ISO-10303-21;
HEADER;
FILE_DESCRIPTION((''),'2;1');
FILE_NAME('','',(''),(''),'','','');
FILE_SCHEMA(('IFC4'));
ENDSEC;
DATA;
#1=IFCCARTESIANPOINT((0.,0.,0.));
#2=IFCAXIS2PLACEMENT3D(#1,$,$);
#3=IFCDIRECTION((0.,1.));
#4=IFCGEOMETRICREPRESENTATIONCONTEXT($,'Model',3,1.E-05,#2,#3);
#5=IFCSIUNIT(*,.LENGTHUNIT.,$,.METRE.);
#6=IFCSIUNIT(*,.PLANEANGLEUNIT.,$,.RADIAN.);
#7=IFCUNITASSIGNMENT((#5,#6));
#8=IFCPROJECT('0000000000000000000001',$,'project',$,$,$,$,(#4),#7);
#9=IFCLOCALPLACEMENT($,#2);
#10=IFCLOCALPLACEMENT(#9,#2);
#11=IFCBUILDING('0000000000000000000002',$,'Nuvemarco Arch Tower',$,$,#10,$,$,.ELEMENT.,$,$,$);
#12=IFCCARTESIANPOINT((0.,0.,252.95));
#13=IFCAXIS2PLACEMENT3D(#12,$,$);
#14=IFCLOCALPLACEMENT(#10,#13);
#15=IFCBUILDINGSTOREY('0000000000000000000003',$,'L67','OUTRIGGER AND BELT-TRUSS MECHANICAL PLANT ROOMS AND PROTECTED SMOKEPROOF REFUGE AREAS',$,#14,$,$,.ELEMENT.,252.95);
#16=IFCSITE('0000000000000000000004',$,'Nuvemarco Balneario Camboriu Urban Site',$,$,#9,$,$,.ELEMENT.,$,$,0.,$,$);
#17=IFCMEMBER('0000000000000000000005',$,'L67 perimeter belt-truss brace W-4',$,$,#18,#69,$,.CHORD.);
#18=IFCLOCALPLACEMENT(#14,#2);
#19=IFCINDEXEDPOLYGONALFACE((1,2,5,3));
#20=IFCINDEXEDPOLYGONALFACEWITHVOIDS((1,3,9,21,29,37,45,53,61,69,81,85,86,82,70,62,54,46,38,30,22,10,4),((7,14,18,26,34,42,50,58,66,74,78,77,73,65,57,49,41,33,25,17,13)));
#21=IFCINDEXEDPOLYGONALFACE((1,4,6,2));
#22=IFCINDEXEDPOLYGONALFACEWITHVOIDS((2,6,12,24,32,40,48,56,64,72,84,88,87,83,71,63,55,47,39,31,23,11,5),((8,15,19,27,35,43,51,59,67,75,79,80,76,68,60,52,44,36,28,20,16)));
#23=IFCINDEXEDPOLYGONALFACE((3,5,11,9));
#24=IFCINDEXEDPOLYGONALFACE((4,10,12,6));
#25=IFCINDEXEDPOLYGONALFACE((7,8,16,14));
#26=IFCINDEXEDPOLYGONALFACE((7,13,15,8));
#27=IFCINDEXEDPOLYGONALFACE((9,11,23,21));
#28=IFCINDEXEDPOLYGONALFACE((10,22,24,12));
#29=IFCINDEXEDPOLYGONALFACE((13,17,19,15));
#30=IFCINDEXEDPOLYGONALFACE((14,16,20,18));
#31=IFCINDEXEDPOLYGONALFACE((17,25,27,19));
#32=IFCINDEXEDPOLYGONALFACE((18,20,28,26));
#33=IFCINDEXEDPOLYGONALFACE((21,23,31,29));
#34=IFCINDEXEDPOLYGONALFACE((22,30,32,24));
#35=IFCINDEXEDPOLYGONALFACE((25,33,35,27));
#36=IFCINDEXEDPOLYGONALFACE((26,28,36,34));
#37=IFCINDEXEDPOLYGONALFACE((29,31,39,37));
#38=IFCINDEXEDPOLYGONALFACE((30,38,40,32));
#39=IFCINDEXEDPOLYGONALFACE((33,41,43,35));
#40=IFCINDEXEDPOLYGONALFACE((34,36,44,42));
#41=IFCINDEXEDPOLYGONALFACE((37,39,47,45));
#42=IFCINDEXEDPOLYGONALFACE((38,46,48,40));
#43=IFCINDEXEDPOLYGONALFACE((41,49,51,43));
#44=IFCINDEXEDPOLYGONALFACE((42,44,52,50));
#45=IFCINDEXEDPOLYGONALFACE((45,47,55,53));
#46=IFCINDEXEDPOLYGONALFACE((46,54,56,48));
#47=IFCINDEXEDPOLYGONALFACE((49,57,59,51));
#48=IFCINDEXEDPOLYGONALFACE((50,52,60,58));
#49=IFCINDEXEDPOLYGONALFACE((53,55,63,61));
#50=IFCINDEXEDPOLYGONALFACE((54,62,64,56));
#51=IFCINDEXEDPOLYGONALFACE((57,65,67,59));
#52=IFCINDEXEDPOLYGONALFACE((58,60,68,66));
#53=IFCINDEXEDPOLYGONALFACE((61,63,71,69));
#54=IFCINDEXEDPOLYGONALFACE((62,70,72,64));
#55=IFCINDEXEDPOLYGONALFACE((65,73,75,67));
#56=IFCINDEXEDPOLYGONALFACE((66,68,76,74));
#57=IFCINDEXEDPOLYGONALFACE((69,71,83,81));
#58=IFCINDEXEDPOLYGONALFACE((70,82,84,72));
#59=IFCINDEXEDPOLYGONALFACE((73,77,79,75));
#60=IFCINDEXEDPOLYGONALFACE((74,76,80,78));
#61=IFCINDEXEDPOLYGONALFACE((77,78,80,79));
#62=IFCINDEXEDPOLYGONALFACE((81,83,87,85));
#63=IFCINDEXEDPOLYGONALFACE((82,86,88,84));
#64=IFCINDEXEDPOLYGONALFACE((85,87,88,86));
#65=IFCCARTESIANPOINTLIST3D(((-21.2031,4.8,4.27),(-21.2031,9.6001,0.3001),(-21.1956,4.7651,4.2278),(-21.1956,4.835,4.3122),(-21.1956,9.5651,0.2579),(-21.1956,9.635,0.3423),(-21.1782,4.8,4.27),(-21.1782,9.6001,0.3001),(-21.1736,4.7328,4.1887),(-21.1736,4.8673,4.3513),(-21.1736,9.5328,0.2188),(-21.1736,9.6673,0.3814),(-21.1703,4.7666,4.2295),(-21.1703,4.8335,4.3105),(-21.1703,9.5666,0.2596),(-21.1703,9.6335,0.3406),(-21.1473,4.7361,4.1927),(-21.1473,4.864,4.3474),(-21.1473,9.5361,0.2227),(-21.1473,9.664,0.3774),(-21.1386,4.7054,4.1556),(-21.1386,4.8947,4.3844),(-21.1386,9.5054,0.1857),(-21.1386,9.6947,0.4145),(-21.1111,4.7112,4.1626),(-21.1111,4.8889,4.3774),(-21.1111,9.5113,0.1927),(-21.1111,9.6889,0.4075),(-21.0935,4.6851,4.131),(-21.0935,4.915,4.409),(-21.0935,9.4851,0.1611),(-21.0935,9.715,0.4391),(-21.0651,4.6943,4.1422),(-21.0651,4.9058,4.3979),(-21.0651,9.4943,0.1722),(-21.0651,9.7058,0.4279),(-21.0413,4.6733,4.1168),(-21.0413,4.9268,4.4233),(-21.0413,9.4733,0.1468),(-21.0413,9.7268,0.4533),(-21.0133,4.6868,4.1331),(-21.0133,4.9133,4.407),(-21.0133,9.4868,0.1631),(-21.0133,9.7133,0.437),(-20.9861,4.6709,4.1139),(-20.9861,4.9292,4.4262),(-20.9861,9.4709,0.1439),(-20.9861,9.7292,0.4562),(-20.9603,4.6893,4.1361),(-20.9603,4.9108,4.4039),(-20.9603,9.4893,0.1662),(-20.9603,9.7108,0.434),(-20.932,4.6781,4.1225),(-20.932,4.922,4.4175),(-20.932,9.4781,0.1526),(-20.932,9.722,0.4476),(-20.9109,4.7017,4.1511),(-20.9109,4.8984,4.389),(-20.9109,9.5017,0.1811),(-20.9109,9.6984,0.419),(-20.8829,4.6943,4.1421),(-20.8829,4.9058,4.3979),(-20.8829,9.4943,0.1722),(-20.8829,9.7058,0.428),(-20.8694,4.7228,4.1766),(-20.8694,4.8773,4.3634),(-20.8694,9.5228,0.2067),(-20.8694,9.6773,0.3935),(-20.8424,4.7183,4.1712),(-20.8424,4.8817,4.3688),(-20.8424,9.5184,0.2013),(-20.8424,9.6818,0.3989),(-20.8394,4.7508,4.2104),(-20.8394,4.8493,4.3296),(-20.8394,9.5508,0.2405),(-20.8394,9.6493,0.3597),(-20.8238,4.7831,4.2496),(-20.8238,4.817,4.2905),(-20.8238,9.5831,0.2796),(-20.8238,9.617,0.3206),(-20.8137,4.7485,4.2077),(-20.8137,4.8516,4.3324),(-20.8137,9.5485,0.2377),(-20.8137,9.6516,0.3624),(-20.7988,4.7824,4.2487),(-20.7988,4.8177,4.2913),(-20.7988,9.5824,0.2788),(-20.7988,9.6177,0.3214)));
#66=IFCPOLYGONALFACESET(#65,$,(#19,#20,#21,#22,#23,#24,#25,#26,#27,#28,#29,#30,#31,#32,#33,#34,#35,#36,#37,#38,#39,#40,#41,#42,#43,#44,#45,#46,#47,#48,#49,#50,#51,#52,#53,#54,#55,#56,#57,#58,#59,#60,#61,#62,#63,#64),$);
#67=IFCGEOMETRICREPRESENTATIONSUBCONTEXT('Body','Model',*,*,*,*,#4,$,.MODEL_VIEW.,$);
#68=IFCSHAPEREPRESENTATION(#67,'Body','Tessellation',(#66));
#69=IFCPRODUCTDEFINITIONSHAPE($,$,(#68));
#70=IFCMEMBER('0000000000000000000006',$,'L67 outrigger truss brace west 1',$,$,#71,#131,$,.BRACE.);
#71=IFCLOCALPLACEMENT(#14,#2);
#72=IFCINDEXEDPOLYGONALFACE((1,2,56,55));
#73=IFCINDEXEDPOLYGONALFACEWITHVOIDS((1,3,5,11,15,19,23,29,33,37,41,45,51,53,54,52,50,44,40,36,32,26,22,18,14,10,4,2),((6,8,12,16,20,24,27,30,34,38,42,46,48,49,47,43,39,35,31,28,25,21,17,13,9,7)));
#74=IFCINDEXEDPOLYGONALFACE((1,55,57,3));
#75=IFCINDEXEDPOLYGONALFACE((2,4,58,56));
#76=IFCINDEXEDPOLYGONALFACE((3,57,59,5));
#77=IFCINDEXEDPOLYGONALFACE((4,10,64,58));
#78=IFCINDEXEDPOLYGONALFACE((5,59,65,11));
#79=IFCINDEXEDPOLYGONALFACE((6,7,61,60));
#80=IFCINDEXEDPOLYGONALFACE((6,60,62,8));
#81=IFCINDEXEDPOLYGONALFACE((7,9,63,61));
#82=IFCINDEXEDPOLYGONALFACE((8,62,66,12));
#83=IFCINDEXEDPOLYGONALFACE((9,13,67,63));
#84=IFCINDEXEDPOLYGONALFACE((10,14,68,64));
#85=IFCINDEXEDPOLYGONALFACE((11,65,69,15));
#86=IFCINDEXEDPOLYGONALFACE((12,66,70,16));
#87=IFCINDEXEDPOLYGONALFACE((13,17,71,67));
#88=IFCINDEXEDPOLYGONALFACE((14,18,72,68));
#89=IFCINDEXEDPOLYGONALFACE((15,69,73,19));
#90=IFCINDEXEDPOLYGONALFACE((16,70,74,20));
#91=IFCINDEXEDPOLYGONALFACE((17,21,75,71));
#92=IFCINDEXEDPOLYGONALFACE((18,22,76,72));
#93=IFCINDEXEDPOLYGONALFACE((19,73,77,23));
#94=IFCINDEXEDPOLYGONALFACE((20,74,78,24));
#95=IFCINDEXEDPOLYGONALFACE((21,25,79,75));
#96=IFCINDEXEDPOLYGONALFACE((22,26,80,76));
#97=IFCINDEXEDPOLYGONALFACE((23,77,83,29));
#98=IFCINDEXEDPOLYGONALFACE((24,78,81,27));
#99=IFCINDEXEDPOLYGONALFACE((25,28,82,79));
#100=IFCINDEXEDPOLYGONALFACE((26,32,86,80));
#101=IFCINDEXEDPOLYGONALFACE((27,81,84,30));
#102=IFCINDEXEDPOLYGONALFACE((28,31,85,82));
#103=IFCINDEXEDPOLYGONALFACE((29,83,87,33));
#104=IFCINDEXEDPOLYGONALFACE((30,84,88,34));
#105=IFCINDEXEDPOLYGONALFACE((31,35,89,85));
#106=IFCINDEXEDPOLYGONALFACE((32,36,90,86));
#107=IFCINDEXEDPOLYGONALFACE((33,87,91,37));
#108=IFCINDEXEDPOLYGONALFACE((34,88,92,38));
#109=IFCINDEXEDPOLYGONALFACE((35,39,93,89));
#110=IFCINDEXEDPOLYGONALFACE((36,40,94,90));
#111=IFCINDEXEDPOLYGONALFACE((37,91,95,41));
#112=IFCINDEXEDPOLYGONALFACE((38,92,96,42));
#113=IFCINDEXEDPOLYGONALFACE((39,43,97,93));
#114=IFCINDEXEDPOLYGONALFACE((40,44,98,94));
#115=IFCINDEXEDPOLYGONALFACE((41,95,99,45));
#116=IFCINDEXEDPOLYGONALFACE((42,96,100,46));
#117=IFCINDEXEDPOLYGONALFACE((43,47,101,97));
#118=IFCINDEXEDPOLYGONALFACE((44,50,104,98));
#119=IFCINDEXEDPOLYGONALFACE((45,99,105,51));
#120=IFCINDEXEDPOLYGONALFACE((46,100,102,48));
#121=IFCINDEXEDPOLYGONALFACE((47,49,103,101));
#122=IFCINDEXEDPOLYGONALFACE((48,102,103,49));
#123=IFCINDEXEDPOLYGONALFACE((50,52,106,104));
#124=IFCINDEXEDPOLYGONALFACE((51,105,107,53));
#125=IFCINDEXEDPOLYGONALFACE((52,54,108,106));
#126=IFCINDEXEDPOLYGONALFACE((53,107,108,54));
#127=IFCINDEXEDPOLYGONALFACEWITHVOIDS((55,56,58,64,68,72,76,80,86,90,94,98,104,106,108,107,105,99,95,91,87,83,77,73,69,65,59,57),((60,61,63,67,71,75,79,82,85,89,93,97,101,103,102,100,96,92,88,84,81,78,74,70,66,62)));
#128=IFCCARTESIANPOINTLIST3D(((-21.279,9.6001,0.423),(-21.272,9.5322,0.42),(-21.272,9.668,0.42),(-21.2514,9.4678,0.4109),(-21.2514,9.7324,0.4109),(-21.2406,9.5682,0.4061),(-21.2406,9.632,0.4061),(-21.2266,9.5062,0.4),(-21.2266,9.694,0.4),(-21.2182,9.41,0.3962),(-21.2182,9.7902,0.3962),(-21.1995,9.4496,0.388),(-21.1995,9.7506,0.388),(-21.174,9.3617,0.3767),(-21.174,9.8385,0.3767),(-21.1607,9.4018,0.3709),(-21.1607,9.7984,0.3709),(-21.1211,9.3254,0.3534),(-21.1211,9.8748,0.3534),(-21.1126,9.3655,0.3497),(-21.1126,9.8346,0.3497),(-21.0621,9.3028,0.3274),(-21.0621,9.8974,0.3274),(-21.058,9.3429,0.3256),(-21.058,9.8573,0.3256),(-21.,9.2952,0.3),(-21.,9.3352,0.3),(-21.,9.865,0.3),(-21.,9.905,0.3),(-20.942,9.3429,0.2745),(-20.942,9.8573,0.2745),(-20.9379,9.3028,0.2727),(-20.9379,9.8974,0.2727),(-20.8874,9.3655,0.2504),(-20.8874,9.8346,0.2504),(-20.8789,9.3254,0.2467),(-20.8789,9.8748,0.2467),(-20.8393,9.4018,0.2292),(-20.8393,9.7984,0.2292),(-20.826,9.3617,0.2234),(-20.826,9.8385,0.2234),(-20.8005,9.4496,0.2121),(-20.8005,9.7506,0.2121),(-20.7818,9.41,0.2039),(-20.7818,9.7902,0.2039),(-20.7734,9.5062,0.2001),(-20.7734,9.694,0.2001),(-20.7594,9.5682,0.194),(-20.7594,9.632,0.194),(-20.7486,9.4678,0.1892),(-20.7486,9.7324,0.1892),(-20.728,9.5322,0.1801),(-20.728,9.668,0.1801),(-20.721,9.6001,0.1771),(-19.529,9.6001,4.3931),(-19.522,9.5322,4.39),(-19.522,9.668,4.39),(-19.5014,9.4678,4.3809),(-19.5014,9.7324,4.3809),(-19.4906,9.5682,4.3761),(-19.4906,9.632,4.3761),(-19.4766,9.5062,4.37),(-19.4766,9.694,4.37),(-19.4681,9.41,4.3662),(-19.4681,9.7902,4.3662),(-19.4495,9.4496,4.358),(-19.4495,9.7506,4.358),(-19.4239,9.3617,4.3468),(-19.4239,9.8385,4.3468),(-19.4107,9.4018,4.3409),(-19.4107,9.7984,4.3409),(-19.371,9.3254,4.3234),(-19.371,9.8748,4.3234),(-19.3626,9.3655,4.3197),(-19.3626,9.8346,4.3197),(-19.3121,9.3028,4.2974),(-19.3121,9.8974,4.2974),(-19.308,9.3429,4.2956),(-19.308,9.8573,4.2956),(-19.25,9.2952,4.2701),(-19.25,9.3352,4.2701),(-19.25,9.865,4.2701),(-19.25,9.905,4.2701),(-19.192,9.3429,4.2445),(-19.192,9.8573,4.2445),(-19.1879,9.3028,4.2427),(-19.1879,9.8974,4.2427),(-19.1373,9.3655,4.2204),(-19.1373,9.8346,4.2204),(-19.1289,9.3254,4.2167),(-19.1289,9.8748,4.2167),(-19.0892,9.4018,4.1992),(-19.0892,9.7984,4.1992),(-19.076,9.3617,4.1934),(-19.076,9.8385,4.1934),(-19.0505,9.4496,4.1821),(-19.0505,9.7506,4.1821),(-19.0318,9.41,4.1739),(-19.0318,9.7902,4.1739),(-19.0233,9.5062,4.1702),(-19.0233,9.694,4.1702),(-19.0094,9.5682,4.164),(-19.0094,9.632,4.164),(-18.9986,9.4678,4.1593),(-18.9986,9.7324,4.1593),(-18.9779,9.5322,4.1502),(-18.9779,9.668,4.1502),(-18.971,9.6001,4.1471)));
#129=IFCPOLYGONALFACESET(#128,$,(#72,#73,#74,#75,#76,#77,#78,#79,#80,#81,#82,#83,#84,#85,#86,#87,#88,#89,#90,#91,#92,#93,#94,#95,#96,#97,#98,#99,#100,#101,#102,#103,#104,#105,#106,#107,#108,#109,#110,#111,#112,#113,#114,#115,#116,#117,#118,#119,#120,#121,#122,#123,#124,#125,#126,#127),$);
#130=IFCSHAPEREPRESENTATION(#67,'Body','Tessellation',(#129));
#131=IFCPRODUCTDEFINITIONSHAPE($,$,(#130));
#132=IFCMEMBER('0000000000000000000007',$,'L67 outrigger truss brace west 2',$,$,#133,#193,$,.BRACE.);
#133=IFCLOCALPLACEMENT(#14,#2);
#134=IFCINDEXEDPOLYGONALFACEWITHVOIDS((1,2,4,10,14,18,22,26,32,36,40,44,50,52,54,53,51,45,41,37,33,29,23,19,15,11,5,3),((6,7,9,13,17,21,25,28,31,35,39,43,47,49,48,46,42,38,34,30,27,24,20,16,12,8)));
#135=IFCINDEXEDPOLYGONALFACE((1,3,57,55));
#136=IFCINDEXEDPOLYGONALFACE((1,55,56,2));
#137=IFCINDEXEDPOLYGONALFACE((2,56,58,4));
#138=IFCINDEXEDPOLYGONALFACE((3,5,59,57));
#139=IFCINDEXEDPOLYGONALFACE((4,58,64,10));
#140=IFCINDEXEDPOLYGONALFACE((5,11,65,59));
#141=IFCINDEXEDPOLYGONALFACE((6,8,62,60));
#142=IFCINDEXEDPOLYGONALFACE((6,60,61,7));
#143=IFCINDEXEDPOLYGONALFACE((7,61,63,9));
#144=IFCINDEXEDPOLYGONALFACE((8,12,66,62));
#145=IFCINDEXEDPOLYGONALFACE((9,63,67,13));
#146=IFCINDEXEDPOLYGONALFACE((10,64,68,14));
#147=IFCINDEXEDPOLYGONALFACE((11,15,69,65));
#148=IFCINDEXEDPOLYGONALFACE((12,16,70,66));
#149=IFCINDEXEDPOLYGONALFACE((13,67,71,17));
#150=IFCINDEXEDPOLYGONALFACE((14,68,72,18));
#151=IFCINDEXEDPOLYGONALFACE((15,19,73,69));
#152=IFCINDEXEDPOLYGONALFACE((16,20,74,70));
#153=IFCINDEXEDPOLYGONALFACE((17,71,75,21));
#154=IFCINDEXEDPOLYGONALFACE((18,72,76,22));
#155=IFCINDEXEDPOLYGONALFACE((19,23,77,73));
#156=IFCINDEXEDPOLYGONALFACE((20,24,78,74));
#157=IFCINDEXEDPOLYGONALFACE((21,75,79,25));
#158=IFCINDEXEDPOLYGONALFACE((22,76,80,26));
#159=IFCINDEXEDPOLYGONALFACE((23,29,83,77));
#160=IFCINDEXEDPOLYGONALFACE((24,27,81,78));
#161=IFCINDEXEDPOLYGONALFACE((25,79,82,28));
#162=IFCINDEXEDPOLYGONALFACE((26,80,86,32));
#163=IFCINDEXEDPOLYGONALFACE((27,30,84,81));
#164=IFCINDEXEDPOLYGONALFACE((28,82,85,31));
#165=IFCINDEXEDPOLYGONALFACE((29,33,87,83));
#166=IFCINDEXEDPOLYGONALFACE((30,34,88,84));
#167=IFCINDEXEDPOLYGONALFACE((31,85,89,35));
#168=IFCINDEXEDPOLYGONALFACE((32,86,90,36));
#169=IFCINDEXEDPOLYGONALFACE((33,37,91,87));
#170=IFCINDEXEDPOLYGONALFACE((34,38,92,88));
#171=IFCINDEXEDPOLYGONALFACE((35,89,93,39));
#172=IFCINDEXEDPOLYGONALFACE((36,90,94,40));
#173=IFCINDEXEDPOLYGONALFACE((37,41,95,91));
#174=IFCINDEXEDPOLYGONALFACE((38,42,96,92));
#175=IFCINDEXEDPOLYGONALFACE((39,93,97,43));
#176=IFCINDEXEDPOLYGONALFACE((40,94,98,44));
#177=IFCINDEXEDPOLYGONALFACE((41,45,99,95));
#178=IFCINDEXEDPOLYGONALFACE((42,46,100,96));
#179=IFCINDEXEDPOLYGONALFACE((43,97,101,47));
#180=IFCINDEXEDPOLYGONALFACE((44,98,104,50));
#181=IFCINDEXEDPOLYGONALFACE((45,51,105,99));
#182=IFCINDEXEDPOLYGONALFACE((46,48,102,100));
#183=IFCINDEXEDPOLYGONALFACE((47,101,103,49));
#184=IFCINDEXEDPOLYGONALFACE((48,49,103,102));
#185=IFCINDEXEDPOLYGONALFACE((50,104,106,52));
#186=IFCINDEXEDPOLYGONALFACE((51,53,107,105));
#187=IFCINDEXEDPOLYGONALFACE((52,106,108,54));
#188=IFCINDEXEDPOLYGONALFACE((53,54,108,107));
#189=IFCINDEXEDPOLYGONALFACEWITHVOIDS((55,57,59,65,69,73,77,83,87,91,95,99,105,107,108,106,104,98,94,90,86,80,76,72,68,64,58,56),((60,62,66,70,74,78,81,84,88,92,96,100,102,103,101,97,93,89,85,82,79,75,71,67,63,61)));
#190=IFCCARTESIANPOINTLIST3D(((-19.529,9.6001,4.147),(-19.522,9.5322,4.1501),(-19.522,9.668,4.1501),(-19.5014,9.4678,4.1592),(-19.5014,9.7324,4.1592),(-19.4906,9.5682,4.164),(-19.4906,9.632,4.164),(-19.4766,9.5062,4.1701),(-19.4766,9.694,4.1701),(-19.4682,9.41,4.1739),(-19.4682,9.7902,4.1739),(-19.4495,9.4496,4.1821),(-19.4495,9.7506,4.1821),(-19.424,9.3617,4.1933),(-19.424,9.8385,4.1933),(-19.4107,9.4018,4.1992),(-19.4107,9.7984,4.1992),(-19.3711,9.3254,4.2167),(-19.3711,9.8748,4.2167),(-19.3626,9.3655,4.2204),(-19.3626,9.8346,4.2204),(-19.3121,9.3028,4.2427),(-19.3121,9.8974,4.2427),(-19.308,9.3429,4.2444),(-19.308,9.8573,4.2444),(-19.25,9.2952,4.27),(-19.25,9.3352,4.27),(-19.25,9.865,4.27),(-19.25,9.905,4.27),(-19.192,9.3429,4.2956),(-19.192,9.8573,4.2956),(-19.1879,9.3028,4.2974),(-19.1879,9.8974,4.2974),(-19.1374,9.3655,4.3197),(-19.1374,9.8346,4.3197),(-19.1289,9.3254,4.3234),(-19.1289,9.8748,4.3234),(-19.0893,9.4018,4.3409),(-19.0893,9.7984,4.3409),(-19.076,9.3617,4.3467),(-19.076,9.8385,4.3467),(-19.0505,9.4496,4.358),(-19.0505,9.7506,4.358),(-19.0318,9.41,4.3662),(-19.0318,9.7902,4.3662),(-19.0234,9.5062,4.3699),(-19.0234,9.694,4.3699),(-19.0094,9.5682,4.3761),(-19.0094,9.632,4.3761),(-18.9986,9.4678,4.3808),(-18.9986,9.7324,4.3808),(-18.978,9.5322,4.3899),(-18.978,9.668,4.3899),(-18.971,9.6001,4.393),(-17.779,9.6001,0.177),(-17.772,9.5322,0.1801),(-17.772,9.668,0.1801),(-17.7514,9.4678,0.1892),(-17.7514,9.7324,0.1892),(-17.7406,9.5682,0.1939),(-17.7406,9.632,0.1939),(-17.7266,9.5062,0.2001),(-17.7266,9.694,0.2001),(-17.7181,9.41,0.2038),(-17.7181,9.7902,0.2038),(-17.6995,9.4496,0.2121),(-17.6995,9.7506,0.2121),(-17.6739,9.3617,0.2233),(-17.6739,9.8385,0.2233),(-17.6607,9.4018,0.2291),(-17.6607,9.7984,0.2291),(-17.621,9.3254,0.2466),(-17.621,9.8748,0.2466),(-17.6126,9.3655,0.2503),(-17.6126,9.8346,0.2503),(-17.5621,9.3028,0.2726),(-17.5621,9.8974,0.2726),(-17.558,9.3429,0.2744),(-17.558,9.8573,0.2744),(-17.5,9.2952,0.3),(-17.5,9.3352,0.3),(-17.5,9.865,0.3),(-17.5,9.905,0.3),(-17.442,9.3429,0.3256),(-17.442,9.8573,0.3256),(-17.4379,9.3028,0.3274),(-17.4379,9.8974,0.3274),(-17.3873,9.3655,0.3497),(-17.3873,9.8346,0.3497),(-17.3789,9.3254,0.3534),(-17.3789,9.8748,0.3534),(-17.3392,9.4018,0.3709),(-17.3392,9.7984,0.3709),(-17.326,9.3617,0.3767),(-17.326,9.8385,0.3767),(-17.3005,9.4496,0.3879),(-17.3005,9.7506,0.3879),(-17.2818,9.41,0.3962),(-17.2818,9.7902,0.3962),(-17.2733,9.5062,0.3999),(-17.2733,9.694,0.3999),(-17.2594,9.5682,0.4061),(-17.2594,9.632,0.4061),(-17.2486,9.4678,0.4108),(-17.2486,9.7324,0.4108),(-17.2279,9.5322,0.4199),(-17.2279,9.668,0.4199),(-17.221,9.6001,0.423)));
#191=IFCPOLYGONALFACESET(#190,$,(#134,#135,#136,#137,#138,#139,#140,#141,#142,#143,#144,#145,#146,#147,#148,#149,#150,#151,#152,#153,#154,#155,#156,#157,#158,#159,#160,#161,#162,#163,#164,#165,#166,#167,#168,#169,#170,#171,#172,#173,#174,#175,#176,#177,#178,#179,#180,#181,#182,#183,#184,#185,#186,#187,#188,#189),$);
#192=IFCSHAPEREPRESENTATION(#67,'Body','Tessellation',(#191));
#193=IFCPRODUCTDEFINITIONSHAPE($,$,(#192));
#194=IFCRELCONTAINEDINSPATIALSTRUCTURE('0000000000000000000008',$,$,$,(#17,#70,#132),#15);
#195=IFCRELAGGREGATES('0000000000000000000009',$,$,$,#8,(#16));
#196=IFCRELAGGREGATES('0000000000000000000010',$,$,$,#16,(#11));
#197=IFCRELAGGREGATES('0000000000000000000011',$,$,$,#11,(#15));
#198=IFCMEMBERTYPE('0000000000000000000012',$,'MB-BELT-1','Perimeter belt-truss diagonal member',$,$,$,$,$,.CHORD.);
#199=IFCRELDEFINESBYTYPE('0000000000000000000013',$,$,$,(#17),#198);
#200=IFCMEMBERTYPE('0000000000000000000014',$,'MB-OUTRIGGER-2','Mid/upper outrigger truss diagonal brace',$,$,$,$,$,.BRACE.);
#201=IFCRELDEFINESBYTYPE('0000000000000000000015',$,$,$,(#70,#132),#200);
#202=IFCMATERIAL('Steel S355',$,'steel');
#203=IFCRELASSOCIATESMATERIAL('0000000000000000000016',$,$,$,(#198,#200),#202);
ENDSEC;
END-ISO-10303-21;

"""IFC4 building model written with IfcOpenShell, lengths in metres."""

from ifc_helpers import new_model, si_unit, direction, frame, origin, origin_2d, place, context, subcontext, project, spatial, hollow_circle, extrude, material, material_profile, profile_set, type_object, element, save


model = new_model("IFC4")

# Units and contexts
model_context = context("Model", 3, precision=1e-05, world=origin(), true_north=direction((0.0, 1.0)))
body_context = subcontext(model_context, "Body", "Model", "MODEL_VIEW")
ifc_project = project(units=[si_unit("LENGTHUNIT", "METRE"), si_unit("PLANEANGLEUNIT", "RADIAN")], contexts=[model_context])

# Site, building, storey
site_placement = place(None, origin())
site = spatial("IfcSite", under=ifc_project, at=site_placement, Name="Nuvemarco Balneario Camboriu Urban Site", CompositionType="ELEMENT", RefElevation=0.0)
building_placement = place(site_placement, origin())
building = spatial("IfcBuilding", under=site, at=building_placement, Name="Nuvemarco Arch Tower", CompositionType="ELEMENT")
storey_placement = place(building_placement, frame((0.0, 0.0, 252.95)))
storey = spatial("IfcBuildingStorey", under=building, at=storey_placement, Name="L67", Description="OUTRIGGER AND BELT-TRUSS MECHANICAL PLANT ROOMS AND PROTECTED SMOKEPROOF REFUGE AREAS", CompositionType="ELEMENT", Elevation=252.95)

# Shared definitions
ifc_material_1 = material(Name="Steel S355", Category="steel")

# Members
ifc_material_profile_1 = material_profile(ifc_material_1, hollow_circle(Radius=0.2031, WallThickness=0.0249, at=origin_2d()), Name="CHS406.4x25")
ifc_profile_set_1 = profile_set([ifc_material_profile_1], Name="Steel S355")
member_type_1 = type_object("IfcMemberType", Name="MB-BELT-1", Description="Perimeter belt-truss diagonal member", PredefinedType="CHORD", material=ifc_profile_set_1)
for number, where, z_axis, x_axis, name in (
    (1, (-21.0, 4.8, 4.27), (0.0, 0.77059, -0.637331), (-1.0, 0.0, 0.0), "L67 perimeter belt-truss brace W-4"),
):
    element("IfcMember", number, at=place(storey_placement, frame(where, z_axis=z_axis, x_axis=x_axis)), inside=storey, type_object=member_type_1, Name=name, PredefinedType="CHORD", context=body_context, shape_type="SweptSolid", body=[
        extrude(hollow_circle(Radius=0.2031, WallThickness=0.0249, at=origin_2d()), origin(), (0.0, 0.0, 1.0), 6.229),
    ])
ifc_material_profile_2 = material_profile(ifc_material_1, hollow_circle(Radius=0.3049, WallThickness=0.04, at=origin_2d()), Name="CHS610x40")
ifc_profile_set_2 = profile_set([ifc_material_profile_2], Name="Steel S355")
member_type_2 = type_object("IfcMemberType", Name="MB-OUTRIGGER-2", Description="Mid/upper outrigger truss diagonal brace", PredefinedType="BRACE", material=ifc_profile_set_2)
for number, where, z_axis, x_axis, name in (
    (2, (-21.0, 9.6001, 0.3), (0.403359, 0.0, 0.915042), (0.0, 1.0, 0.0), "L67 outrigger truss brace west 1"),
    (3, (-19.25, 9.6001, 4.27), (0.403359, 0.0, -0.915042), (0.0, 1.0, 0.0), "L67 outrigger truss brace west 2"),
):
    element("IfcMember", number, at=place(storey_placement, frame(where, z_axis=z_axis, x_axis=x_axis)), inside=storey, type_object=member_type_2, Name=name, PredefinedType="BRACE", context=body_context, shape_type="SweptSolid", body=[
        extrude(hollow_circle(Radius=0.3049, WallThickness=0.04, at=origin_2d()), origin(), (0.0, 0.0, 1.0), 4.3386),
    ])

save(model, "model.ifc")
